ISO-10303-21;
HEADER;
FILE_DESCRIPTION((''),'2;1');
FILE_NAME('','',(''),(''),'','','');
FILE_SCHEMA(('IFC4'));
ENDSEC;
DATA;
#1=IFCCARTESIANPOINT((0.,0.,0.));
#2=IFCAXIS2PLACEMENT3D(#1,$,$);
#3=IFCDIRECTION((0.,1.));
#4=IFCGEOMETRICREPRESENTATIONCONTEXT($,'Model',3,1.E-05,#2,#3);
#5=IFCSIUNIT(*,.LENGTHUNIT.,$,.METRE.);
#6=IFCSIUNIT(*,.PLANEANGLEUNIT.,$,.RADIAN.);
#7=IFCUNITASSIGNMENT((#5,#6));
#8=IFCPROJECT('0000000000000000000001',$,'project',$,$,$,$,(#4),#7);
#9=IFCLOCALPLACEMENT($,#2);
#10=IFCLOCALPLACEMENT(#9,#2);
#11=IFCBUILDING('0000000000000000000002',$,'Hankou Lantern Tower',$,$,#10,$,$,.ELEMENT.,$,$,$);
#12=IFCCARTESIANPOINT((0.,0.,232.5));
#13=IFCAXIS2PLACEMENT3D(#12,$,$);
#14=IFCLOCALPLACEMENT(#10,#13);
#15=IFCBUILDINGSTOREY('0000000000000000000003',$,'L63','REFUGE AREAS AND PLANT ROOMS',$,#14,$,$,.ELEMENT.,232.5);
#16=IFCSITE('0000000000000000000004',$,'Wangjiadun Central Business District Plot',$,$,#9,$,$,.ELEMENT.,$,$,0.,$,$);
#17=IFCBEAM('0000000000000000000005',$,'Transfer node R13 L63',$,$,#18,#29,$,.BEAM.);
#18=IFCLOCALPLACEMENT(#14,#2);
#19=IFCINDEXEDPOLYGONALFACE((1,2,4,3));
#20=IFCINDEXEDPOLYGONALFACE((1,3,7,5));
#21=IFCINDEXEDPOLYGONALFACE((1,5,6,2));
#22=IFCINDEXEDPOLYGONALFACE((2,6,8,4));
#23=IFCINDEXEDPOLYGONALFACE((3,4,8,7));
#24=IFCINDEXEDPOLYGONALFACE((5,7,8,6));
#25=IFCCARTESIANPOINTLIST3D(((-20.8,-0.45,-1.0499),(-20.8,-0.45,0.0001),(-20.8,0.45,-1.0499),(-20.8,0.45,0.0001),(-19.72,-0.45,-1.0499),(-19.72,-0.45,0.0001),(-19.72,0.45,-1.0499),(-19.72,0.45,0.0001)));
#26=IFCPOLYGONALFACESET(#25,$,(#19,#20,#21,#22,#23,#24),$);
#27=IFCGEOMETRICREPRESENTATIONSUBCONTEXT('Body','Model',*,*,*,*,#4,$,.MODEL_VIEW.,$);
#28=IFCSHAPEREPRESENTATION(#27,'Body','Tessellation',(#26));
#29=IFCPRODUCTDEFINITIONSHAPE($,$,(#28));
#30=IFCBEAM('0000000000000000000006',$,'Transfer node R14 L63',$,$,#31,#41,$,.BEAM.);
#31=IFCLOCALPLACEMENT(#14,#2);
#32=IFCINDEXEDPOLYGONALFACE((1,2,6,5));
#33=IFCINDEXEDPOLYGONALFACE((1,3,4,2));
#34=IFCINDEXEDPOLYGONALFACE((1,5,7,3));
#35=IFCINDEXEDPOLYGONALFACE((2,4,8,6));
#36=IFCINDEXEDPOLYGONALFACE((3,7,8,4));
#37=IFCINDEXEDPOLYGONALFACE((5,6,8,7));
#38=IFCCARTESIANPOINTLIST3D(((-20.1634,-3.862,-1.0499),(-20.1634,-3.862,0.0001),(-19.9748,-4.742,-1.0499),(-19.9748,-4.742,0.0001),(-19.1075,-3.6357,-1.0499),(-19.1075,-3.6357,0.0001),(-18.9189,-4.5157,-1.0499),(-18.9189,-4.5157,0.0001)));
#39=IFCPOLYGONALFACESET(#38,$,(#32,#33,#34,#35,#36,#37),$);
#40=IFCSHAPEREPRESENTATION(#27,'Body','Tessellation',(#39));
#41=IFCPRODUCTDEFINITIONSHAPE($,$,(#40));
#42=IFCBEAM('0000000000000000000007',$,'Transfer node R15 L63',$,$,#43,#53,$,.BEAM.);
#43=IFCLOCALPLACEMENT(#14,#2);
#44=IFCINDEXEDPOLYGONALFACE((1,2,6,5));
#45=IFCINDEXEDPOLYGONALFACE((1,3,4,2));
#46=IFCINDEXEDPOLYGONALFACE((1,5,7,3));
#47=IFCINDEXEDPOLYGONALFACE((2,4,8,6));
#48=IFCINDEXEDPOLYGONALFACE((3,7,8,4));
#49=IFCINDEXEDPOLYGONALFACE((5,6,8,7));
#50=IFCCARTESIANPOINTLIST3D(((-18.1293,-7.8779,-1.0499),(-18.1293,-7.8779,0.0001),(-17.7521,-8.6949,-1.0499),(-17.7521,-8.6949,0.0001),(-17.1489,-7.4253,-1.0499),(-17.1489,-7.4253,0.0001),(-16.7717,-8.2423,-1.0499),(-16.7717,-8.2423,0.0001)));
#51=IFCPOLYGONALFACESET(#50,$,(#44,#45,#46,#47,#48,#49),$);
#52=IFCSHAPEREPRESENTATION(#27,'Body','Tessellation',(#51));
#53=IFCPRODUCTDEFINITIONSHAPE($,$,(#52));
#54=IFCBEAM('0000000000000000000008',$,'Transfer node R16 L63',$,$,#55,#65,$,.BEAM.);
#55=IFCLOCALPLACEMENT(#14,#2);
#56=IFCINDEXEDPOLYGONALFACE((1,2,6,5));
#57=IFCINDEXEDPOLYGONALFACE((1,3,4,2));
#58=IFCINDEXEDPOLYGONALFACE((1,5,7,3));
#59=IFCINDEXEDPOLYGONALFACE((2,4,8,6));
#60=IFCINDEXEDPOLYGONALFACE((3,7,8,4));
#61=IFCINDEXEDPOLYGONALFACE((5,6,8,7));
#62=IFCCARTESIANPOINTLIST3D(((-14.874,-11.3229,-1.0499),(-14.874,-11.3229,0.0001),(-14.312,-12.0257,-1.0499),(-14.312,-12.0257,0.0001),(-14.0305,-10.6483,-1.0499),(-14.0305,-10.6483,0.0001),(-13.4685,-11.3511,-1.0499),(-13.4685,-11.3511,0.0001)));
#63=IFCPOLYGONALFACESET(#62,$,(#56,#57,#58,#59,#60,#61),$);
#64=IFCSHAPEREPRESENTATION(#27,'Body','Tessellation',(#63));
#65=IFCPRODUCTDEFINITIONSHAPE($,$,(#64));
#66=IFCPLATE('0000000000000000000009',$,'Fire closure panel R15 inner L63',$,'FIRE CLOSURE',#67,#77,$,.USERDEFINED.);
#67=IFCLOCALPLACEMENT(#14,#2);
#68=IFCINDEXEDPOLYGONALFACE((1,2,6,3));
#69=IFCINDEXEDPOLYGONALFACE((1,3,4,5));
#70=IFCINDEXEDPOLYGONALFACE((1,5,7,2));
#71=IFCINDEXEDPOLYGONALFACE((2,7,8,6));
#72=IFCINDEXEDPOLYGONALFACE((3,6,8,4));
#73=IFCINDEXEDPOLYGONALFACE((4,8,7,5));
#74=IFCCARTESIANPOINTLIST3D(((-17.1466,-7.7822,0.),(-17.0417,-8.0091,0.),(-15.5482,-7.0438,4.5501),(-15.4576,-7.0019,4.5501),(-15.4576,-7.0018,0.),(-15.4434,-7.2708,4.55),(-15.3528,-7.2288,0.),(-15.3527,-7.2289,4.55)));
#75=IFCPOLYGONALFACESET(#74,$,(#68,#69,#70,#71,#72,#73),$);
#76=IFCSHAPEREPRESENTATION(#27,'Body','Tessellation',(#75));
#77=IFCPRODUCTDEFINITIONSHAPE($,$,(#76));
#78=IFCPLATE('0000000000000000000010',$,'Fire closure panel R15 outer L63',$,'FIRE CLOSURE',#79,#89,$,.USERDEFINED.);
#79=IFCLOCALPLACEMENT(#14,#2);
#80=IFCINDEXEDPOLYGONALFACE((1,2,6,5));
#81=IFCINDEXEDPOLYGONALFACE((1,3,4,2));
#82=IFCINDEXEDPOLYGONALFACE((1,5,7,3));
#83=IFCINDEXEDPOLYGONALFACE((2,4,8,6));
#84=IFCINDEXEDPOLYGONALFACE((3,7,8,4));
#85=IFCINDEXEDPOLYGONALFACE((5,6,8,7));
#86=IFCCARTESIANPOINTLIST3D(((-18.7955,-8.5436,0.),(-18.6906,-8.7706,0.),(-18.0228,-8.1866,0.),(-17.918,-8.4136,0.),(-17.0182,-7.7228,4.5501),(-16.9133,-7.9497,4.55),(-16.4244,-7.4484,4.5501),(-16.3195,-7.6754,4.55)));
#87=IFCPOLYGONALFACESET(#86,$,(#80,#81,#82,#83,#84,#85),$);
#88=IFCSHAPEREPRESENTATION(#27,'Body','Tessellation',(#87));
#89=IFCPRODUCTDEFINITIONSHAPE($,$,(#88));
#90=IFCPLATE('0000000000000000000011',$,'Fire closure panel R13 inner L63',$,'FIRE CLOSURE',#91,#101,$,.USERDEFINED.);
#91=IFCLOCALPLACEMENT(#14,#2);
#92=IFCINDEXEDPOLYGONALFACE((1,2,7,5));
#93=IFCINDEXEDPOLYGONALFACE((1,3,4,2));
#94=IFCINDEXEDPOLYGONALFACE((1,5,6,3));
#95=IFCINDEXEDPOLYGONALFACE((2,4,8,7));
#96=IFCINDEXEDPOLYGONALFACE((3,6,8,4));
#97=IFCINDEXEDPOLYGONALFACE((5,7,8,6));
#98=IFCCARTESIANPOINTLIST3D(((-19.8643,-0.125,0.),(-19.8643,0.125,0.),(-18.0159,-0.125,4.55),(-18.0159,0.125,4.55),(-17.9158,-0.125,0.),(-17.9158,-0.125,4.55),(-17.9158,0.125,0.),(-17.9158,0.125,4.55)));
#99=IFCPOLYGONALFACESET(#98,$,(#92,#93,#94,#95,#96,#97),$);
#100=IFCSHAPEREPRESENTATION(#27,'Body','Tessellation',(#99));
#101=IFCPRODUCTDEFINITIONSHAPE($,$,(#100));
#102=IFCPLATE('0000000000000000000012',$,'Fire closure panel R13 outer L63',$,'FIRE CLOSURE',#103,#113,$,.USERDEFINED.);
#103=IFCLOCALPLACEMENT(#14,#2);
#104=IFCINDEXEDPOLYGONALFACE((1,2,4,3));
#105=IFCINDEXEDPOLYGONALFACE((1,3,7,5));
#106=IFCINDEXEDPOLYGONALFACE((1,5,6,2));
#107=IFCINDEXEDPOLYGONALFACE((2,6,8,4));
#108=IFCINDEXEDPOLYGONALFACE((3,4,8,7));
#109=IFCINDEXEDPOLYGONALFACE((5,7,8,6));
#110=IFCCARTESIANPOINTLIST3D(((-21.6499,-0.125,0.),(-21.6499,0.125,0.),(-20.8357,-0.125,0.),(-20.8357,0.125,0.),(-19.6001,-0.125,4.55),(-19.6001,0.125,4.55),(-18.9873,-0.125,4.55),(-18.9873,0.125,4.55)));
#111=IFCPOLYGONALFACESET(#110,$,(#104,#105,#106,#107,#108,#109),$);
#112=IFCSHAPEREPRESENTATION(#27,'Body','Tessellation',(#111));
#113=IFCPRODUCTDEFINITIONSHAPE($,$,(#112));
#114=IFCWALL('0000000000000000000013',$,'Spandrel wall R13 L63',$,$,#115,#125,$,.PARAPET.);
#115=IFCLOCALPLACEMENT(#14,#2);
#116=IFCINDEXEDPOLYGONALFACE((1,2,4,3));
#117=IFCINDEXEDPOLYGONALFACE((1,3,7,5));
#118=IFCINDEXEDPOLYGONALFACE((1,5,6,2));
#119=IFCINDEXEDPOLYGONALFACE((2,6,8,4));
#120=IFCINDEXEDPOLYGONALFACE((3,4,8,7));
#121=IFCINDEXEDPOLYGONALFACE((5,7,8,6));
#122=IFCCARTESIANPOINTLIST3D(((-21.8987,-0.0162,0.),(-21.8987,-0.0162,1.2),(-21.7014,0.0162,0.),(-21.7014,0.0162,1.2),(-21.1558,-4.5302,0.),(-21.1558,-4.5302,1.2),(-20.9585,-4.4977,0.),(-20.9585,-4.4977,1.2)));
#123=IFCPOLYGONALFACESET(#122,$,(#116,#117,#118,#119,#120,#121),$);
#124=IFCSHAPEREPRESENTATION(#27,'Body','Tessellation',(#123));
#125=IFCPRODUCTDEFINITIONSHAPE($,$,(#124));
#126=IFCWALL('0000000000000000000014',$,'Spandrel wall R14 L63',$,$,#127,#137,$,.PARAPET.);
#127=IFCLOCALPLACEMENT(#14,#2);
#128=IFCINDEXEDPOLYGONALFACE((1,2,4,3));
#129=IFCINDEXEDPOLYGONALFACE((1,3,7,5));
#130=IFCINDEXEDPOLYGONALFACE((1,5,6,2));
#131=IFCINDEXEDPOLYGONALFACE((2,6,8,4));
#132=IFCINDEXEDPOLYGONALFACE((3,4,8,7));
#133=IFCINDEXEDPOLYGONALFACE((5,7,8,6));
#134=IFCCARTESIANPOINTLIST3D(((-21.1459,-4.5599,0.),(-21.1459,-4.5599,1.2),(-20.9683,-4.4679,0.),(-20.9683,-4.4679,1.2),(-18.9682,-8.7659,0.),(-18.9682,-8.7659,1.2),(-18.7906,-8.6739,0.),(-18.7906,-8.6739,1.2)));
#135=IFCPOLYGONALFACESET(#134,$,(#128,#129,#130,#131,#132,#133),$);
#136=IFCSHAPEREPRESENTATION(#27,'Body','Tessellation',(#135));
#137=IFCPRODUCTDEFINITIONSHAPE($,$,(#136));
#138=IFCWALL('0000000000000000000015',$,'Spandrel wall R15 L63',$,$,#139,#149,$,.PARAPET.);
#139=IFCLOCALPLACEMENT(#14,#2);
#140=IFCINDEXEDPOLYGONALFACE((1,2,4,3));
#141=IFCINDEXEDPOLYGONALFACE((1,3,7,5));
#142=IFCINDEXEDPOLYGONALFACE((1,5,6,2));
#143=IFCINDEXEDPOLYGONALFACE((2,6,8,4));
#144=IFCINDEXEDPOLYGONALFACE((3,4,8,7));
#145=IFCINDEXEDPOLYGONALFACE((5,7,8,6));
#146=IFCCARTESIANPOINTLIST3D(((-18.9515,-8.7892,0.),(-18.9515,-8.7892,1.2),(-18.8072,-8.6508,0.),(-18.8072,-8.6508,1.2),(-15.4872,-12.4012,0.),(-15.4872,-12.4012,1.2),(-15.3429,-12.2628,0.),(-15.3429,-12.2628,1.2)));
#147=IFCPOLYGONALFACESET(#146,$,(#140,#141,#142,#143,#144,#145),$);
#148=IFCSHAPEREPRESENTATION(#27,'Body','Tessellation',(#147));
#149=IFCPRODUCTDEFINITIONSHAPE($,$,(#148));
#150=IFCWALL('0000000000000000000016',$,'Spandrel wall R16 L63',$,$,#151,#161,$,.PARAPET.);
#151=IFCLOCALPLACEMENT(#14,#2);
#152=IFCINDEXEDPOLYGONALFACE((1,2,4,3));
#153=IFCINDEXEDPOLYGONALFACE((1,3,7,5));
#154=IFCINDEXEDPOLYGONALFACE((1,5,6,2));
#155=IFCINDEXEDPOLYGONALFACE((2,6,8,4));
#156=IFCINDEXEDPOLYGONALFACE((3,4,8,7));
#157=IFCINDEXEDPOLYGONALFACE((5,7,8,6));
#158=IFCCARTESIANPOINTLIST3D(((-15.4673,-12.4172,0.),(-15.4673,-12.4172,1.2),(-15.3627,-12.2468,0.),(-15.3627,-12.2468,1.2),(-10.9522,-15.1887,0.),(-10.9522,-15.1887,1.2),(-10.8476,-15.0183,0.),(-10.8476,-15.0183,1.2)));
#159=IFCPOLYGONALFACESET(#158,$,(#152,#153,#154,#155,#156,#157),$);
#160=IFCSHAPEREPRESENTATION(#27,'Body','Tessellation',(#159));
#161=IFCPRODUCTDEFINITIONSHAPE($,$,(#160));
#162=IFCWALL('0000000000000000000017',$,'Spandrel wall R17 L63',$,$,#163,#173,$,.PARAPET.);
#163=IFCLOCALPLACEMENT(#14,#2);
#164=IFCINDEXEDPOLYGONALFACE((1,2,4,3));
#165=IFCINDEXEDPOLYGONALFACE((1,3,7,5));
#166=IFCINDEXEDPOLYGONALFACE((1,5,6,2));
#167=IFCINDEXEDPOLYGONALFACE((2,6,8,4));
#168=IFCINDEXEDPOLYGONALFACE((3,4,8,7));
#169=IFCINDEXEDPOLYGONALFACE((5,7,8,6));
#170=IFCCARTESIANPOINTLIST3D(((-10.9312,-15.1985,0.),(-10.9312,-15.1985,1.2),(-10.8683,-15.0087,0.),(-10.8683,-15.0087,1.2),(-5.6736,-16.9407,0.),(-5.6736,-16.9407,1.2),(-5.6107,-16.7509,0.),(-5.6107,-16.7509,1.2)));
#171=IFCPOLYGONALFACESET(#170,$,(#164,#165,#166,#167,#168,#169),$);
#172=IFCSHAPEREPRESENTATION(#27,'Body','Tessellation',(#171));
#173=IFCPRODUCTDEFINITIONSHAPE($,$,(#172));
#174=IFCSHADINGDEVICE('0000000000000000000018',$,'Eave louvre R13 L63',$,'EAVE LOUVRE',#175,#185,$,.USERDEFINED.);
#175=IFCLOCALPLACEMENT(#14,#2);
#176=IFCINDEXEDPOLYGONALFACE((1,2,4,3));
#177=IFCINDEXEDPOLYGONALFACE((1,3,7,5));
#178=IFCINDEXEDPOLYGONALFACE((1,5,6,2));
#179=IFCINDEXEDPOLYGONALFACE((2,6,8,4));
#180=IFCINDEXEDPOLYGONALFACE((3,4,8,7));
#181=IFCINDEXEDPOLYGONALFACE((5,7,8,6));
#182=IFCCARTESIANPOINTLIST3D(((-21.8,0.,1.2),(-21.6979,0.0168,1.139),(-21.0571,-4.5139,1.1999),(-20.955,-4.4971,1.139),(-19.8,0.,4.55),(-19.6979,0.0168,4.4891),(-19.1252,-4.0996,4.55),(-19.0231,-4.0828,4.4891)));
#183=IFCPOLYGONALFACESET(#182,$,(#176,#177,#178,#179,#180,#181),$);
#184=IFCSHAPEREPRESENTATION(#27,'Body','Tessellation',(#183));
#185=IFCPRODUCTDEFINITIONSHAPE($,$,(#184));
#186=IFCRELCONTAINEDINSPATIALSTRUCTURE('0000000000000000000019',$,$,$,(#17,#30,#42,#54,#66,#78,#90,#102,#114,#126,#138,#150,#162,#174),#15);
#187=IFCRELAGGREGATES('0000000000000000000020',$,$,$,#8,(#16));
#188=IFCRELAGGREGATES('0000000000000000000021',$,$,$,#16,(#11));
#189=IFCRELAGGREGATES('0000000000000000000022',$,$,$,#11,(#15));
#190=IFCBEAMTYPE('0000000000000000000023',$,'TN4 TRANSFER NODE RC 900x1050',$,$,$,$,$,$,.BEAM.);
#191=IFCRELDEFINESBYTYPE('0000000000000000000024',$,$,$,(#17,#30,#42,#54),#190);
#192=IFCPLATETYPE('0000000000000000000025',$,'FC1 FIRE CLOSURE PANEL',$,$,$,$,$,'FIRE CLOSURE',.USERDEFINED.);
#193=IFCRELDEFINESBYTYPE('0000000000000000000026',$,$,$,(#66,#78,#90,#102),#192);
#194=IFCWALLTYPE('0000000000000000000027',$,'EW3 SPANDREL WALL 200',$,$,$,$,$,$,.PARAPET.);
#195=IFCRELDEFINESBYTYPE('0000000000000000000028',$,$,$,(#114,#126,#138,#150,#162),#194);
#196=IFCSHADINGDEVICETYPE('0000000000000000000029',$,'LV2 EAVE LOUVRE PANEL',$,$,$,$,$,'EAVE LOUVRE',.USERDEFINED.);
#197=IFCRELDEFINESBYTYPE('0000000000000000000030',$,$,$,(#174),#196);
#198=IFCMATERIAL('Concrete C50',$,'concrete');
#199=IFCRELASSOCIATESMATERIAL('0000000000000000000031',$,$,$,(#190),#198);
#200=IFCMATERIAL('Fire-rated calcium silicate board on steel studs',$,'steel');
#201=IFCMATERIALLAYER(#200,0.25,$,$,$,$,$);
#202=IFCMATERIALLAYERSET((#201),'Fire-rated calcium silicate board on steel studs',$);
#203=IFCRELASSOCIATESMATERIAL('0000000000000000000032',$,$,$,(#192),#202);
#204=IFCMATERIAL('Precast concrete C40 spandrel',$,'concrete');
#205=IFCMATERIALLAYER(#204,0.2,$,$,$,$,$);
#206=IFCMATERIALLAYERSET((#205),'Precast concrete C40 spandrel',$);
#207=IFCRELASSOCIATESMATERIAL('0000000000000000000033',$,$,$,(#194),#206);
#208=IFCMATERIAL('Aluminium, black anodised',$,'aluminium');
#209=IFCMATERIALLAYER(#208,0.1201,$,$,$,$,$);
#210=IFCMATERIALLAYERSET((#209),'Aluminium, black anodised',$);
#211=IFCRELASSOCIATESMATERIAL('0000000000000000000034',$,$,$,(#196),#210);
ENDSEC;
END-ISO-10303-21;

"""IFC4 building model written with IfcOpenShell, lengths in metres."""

from ifc_helpers import new_model, si_unit, direction, frame, frame_2d, origin, origin_2d, place, context, subcontext, project, spatial, polyline, rectangle, outline, extrude, material, layer, layer_set, material_profile, profile_set, type_object, element, save


model = new_model("IFC4")

# Units and contexts
model_context = context("Model", 3, precision=1e-05, world=origin(), true_north=direction((0.0, 1.0)))
body_context = subcontext(model_context, "Body", "Model", "MODEL_VIEW")
ifc_project = project(units=[si_unit("LENGTHUNIT", "METRE"), si_unit("PLANEANGLEUNIT", "RADIAN")], contexts=[model_context])

# Site, building, storey
site_placement = place(None, origin())
site = spatial("IfcSite", under=ifc_project, at=site_placement, Name="Wangjiadun Central Business District Plot", CompositionType="ELEMENT", RefElevation=0.0)
building_placement = place(site_placement, origin())
building = spatial("IfcBuilding", under=site, at=building_placement, Name="Hankou Lantern Tower", CompositionType="ELEMENT")
storey_placement = place(building_placement, frame((0.0, 0.0, 232.5)))
storey = spatial("IfcBuildingStorey", under=building, at=storey_placement, Name="L63", Description="REFUGE AREAS AND PLANT ROOMS", CompositionType="ELEMENT", Elevation=232.5)

# Beams
ifc_material_1 = material(Name="Concrete C50", Category="concrete")
ifc_material_profile_1 = material_profile(ifc_material_1, rectangle(XDim=0.8999, YDim=1.05, at=origin_2d()), Name="RC 900x1050")
ifc_profile_set_1 = profile_set([ifc_material_profile_1], Name="Concrete C50")
beam_type_1 = type_object("IfcBeamType", Name="TN4 TRANSFER NODE RC 900x1050", PredefinedType="BEAM", material=ifc_profile_set_1)
beam_1_placement = place(storey_placement, frame((-20.8, 0.0, -0.5249), z_axis=(1.0, 0.0, 0.0), x_axis=(0.0, 1.0, 0.0)))
element("IfcBeam", 1, at=beam_1_placement, inside=storey, type_object=beam_type_1, Name="Transfer node R13 L63", PredefinedType="BEAM", context=body_context, shape_type="SweptSolid", body=[
    extrude(rectangle(XDim=0.8999, YDim=1.05, at=origin_2d()), origin(), (0.0, 0.0, 1.0), 1.0801),
])
for number, where, z_axis, x_axis, name in (
    (2, (-20.0691, -4.302, -0.5249), (0.977792, 0.209575, 0.0), (-0.209575, 0.977792, 0.0), "Transfer node R14 L63"),
    (3, (-17.9407, -8.2864, -0.5249), (0.90792, 0.419144, 0.0), (-0.419144, 0.90792, 0.0), "Transfer node R15 L63"),
):
    element("IfcBeam", number, at=place(storey_placement, frame(where, z_axis=z_axis, x_axis=x_axis)), inside=storey, type_object=beam_type_1, Name=name, PredefinedType="BEAM", context=body_context, shape_type="SweptSolid", body=[
        extrude(rectangle(XDim=0.8999, YDim=1.05, at=origin_2d()), origin(), (0.0, 0.0, 1.0), 1.0798),
    ])
beam_2_placement = place(storey_placement, frame((-14.593, -11.6743, -0.5249), z_axis=(0.780979, 0.624557, 0.0), x_axis=(-0.624557, 0.780979, 0.0)))
element("IfcBeam", 4, at=beam_2_placement, inside=storey, type_object=beam_type_1, Name="Transfer node R16 L63", PredefinedType="BEAM", context=body_context, shape_type="SweptSolid", body=[
    extrude(rectangle(XDim=0.8999, YDim=1.05, at=origin_2d()), origin(), (0.0, 0.0, 1.0), 1.0801),
])

# Plates
ifc_material_2 = material(Name="Fire-rated calcium silicate board on steel studs", Category="steel")
ifc_layer_1 = layer(ifc_material_2, 0.25)
ifc_layer_set_1 = layer_set([ifc_layer_1], Name="Fire-rated calcium silicate board on steel studs")
plate_type = type_object("IfcPlateType", Name="FC1 FIRE CLOSURE PANEL", ElementType="FIRE CLOSURE", PredefinedType="USERDEFINED", material=ifc_layer_set_1)
plate_1_placement = place(storey_placement, frame((-15.3528, -7.2288, 0.0), z_axis=(0.419453, -0.907777, -0.000028), x_axis=(-0.907777, -0.419453, 0.0)))
element("IfcPlate", 5, at=plate_1_placement, inside=storey, type_object=plate_type, Name="Fire closure panel R15 inner L63", ObjectType="FIRE CLOSURE", PredefinedType="USERDEFINED", context=body_context, shape_type="SweptSolid", body=[
    extrude(outline(polyline([(0.0, 0.0), (1.8605, 0.0), (0.0998, -4.55), (0.0, -4.55), (0.0, 0.0)])), origin(), (0.0, 0.0, -1.0), 0.25),
])
plate_2_placement = place(storey_placement, frame((-17.918, -8.4136, 0.0), z_axis=(0.419428, -0.907788, -0.000062), x_axis=(-0.907788, -0.419428, 0.0)))
element("IfcPlate", 6, at=plate_2_placement, inside=storey, type_object=plate_type, Name="Fire closure panel R15 outer L63", ObjectType="FIRE CLOSURE", PredefinedType="USERDEFINED", context=body_context, shape_type="SweptSolid", body=[
    extrude(outline(polyline([(0.0, 0.0), (0.8512, 0.0), (-1.1066, -4.55), (-1.7607, -4.55), (0.0, 0.0)])), origin(), (0.0, 0.0, -1.0), 0.25),
])
plate_3_placement = place(storey_placement, frame((-17.9158, 0.125, 0.0), z_axis=(0.0, 1.0, 0.0), x_axis=(-1.0, 0.0, 0.0)))
element("IfcPlate", 7, at=plate_3_placement, inside=storey, type_object=plate_type, Name="Fire closure panel R13 inner L63", ObjectType="FIRE CLOSURE", PredefinedType="USERDEFINED", context=body_context, shape_type="SweptSolid", body=[
    extrude(outline(polyline([(0.0, 0.0), (1.9485, 0.0), (0.1001, 4.55), (0.0, 4.55), (0.0, 0.0)])), origin(), (0.0, 0.0, -1.0), 0.25),
])
plate_4_placement = place(storey_placement, frame((-20.8357, 0.125, 0.0), z_axis=(0.0, 1.0, 0.0), x_axis=(-1.0, 0.0, 0.0)))
element("IfcPlate", 8, at=plate_4_placement, inside=storey, type_object=plate_type, Name="Fire closure panel R13 outer L63", ObjectType="FIRE CLOSURE", PredefinedType="USERDEFINED", context=body_context, shape_type="SweptSolid", body=[
    extrude(outline(polyline([(0.0, 0.0), (0.8142, 0.0), (-1.2356, 4.55), (-1.8484, 4.55), (0.0, 0.0)])), origin(), (0.0, 0.0, -1.0), 0.25),
])

# Walls
ifc_material_3 = material(Name="Precast concrete C40 spandrel", Category="concrete")
ifc_layer_2 = layer(ifc_material_3, 0.2)
ifc_layer_set_2 = layer_set([ifc_layer_2], Name="Precast concrete C40 spandrel")
wall_type = type_object("IfcWallType", Name="EW3 SPANDREL WALL 200", PredefinedType="PARAPET", material=ifc_layer_set_2)
wall_1_placement = place(storey_placement, frame((-21.8, 0.0, 0.0), z_axis=(0.0, 0.0, 1.0), x_axis=(0.1624, -0.986725, 0.0)))
element("IfcWall", 9, at=wall_1_placement, inside=storey, type_object=wall_type, Name="Spandrel wall R13 L63", PredefinedType="PARAPET", context=body_context, shape_type="SweptSolid", body=[
    extrude(rectangle(XDim=4.5747, YDim=0.2, at=frame_2d((2.2874, 0.0))), origin(), (0.0, 0.0, 1.0), 1.2),
])
wall_2_placement = place(storey_placement, frame((-21.0571, -4.5139, 0.0), z_axis=(0.0, 0.0, 1.0), x_axis=(0.459787, -0.888029, 0.0)))
element("IfcWall", 10, at=wall_2_placement, inside=storey, type_object=wall_type, Name="Spandrel wall R14 L63", PredefinedType="PARAPET", context=body_context, shape_type="SweptSolid", body=[
    extrude(rectangle(XDim=4.7363, YDim=0.2, at=frame_2d((2.3682, 0.0))), origin(), (0.0, 0.0, 1.0), 1.2),
])
wall_3_placement = place(storey_placement, frame((-18.8794, -8.72, 0.0), z_axis=(0.0, 0.0, 1.0), x_axis=(0.692197, -0.721709, 0.0)))
element("IfcWall", 11, at=wall_3_placement, inside=storey, type_object=wall_type, Name="Spandrel wall R15 L63", PredefinedType="PARAPET", context=body_context, shape_type="SweptSolid", body=[
    extrude(rectangle(XDim=5.0049, YDim=0.2, at=frame_2d((2.5024, 0.0))), origin(), (0.0, 0.0, 1.0), 1.2),
])
wall_4_placement = place(storey_placement, frame((-15.415, -12.332, 0.0), z_axis=(0.0, 0.0, 1.0), x_axis=(0.852253, -0.52313, 0.0)))
element("IfcWall", 12, at=wall_4_placement, inside=storey, type_object=wall_type, Name="Spandrel wall R16 L63", PredefinedType="PARAPET", context=body_context, shape_type="SweptSolid", body=[
    extrude(rectangle(XDim=5.2979, YDim=0.2, at=frame_2d((2.6489, 0.0))), origin(), (0.0, 0.0, 1.0), 1.2),
])
wall_5_placement = place(storey_placement, frame((-10.8999, -15.1035, 0.0), z_axis=(0.0, 0.0, 1.0), x_axis=(0.949242, -0.314548, 0.0)))
element("IfcWall", 13, at=wall_5_placement, inside=storey, type_object=wall_type, Name="Spandrel wall R17 L63", PredefinedType="PARAPET", context=body_context, shape_type="SweptSolid", body=[
    extrude(rectangle(XDim=5.5388, YDim=0.2, at=frame_2d((2.7695, 0.0))), origin(), (0.0, 0.0, 1.0), 1.2),
])

# Shading device
ifc_material_4 = material(Name="Aluminium, black anodised", Category="aluminium")
ifc_layer_3 = layer(ifc_material_4, 0.1201)
ifc_layer_set_3 = layer_set([ifc_layer_3], Name="Aluminium, black anodised")
shading_device_type = type_object("IfcShadingDeviceType", Name="LV2 EAVE LOUVRE PANEL", ElementType="EAVE LOUVRE", PredefinedType="USERDEFINED", material=ifc_layer_set_3)
shading_device_1_placement = place(storey_placement, frame((-21.8, 0.0, 1.2), z_axis=(-0.850176, -0.139933, 0.507563), x_axis=(0.162406, -0.986724, -0.000004)))
element("IfcShadingDevice", 14, at=shading_device_1_placement, inside=storey, type_object=shading_device_type, Name="Eave louvre R13 L63", ObjectType="EAVE LOUVRE", PredefinedType="USERDEFINED", context=body_context, shape_type="SweptSolid", body=[
    extrude(outline(polyline([(0.0, 0.0), (4.5746, 0.0), (4.4796, 3.8882), (0.3248, 3.8881), (0.0, 0.0)])), origin(), (0.0, 0.0, -1.0), 0.1201),
])

save(model, "model.ifc")
